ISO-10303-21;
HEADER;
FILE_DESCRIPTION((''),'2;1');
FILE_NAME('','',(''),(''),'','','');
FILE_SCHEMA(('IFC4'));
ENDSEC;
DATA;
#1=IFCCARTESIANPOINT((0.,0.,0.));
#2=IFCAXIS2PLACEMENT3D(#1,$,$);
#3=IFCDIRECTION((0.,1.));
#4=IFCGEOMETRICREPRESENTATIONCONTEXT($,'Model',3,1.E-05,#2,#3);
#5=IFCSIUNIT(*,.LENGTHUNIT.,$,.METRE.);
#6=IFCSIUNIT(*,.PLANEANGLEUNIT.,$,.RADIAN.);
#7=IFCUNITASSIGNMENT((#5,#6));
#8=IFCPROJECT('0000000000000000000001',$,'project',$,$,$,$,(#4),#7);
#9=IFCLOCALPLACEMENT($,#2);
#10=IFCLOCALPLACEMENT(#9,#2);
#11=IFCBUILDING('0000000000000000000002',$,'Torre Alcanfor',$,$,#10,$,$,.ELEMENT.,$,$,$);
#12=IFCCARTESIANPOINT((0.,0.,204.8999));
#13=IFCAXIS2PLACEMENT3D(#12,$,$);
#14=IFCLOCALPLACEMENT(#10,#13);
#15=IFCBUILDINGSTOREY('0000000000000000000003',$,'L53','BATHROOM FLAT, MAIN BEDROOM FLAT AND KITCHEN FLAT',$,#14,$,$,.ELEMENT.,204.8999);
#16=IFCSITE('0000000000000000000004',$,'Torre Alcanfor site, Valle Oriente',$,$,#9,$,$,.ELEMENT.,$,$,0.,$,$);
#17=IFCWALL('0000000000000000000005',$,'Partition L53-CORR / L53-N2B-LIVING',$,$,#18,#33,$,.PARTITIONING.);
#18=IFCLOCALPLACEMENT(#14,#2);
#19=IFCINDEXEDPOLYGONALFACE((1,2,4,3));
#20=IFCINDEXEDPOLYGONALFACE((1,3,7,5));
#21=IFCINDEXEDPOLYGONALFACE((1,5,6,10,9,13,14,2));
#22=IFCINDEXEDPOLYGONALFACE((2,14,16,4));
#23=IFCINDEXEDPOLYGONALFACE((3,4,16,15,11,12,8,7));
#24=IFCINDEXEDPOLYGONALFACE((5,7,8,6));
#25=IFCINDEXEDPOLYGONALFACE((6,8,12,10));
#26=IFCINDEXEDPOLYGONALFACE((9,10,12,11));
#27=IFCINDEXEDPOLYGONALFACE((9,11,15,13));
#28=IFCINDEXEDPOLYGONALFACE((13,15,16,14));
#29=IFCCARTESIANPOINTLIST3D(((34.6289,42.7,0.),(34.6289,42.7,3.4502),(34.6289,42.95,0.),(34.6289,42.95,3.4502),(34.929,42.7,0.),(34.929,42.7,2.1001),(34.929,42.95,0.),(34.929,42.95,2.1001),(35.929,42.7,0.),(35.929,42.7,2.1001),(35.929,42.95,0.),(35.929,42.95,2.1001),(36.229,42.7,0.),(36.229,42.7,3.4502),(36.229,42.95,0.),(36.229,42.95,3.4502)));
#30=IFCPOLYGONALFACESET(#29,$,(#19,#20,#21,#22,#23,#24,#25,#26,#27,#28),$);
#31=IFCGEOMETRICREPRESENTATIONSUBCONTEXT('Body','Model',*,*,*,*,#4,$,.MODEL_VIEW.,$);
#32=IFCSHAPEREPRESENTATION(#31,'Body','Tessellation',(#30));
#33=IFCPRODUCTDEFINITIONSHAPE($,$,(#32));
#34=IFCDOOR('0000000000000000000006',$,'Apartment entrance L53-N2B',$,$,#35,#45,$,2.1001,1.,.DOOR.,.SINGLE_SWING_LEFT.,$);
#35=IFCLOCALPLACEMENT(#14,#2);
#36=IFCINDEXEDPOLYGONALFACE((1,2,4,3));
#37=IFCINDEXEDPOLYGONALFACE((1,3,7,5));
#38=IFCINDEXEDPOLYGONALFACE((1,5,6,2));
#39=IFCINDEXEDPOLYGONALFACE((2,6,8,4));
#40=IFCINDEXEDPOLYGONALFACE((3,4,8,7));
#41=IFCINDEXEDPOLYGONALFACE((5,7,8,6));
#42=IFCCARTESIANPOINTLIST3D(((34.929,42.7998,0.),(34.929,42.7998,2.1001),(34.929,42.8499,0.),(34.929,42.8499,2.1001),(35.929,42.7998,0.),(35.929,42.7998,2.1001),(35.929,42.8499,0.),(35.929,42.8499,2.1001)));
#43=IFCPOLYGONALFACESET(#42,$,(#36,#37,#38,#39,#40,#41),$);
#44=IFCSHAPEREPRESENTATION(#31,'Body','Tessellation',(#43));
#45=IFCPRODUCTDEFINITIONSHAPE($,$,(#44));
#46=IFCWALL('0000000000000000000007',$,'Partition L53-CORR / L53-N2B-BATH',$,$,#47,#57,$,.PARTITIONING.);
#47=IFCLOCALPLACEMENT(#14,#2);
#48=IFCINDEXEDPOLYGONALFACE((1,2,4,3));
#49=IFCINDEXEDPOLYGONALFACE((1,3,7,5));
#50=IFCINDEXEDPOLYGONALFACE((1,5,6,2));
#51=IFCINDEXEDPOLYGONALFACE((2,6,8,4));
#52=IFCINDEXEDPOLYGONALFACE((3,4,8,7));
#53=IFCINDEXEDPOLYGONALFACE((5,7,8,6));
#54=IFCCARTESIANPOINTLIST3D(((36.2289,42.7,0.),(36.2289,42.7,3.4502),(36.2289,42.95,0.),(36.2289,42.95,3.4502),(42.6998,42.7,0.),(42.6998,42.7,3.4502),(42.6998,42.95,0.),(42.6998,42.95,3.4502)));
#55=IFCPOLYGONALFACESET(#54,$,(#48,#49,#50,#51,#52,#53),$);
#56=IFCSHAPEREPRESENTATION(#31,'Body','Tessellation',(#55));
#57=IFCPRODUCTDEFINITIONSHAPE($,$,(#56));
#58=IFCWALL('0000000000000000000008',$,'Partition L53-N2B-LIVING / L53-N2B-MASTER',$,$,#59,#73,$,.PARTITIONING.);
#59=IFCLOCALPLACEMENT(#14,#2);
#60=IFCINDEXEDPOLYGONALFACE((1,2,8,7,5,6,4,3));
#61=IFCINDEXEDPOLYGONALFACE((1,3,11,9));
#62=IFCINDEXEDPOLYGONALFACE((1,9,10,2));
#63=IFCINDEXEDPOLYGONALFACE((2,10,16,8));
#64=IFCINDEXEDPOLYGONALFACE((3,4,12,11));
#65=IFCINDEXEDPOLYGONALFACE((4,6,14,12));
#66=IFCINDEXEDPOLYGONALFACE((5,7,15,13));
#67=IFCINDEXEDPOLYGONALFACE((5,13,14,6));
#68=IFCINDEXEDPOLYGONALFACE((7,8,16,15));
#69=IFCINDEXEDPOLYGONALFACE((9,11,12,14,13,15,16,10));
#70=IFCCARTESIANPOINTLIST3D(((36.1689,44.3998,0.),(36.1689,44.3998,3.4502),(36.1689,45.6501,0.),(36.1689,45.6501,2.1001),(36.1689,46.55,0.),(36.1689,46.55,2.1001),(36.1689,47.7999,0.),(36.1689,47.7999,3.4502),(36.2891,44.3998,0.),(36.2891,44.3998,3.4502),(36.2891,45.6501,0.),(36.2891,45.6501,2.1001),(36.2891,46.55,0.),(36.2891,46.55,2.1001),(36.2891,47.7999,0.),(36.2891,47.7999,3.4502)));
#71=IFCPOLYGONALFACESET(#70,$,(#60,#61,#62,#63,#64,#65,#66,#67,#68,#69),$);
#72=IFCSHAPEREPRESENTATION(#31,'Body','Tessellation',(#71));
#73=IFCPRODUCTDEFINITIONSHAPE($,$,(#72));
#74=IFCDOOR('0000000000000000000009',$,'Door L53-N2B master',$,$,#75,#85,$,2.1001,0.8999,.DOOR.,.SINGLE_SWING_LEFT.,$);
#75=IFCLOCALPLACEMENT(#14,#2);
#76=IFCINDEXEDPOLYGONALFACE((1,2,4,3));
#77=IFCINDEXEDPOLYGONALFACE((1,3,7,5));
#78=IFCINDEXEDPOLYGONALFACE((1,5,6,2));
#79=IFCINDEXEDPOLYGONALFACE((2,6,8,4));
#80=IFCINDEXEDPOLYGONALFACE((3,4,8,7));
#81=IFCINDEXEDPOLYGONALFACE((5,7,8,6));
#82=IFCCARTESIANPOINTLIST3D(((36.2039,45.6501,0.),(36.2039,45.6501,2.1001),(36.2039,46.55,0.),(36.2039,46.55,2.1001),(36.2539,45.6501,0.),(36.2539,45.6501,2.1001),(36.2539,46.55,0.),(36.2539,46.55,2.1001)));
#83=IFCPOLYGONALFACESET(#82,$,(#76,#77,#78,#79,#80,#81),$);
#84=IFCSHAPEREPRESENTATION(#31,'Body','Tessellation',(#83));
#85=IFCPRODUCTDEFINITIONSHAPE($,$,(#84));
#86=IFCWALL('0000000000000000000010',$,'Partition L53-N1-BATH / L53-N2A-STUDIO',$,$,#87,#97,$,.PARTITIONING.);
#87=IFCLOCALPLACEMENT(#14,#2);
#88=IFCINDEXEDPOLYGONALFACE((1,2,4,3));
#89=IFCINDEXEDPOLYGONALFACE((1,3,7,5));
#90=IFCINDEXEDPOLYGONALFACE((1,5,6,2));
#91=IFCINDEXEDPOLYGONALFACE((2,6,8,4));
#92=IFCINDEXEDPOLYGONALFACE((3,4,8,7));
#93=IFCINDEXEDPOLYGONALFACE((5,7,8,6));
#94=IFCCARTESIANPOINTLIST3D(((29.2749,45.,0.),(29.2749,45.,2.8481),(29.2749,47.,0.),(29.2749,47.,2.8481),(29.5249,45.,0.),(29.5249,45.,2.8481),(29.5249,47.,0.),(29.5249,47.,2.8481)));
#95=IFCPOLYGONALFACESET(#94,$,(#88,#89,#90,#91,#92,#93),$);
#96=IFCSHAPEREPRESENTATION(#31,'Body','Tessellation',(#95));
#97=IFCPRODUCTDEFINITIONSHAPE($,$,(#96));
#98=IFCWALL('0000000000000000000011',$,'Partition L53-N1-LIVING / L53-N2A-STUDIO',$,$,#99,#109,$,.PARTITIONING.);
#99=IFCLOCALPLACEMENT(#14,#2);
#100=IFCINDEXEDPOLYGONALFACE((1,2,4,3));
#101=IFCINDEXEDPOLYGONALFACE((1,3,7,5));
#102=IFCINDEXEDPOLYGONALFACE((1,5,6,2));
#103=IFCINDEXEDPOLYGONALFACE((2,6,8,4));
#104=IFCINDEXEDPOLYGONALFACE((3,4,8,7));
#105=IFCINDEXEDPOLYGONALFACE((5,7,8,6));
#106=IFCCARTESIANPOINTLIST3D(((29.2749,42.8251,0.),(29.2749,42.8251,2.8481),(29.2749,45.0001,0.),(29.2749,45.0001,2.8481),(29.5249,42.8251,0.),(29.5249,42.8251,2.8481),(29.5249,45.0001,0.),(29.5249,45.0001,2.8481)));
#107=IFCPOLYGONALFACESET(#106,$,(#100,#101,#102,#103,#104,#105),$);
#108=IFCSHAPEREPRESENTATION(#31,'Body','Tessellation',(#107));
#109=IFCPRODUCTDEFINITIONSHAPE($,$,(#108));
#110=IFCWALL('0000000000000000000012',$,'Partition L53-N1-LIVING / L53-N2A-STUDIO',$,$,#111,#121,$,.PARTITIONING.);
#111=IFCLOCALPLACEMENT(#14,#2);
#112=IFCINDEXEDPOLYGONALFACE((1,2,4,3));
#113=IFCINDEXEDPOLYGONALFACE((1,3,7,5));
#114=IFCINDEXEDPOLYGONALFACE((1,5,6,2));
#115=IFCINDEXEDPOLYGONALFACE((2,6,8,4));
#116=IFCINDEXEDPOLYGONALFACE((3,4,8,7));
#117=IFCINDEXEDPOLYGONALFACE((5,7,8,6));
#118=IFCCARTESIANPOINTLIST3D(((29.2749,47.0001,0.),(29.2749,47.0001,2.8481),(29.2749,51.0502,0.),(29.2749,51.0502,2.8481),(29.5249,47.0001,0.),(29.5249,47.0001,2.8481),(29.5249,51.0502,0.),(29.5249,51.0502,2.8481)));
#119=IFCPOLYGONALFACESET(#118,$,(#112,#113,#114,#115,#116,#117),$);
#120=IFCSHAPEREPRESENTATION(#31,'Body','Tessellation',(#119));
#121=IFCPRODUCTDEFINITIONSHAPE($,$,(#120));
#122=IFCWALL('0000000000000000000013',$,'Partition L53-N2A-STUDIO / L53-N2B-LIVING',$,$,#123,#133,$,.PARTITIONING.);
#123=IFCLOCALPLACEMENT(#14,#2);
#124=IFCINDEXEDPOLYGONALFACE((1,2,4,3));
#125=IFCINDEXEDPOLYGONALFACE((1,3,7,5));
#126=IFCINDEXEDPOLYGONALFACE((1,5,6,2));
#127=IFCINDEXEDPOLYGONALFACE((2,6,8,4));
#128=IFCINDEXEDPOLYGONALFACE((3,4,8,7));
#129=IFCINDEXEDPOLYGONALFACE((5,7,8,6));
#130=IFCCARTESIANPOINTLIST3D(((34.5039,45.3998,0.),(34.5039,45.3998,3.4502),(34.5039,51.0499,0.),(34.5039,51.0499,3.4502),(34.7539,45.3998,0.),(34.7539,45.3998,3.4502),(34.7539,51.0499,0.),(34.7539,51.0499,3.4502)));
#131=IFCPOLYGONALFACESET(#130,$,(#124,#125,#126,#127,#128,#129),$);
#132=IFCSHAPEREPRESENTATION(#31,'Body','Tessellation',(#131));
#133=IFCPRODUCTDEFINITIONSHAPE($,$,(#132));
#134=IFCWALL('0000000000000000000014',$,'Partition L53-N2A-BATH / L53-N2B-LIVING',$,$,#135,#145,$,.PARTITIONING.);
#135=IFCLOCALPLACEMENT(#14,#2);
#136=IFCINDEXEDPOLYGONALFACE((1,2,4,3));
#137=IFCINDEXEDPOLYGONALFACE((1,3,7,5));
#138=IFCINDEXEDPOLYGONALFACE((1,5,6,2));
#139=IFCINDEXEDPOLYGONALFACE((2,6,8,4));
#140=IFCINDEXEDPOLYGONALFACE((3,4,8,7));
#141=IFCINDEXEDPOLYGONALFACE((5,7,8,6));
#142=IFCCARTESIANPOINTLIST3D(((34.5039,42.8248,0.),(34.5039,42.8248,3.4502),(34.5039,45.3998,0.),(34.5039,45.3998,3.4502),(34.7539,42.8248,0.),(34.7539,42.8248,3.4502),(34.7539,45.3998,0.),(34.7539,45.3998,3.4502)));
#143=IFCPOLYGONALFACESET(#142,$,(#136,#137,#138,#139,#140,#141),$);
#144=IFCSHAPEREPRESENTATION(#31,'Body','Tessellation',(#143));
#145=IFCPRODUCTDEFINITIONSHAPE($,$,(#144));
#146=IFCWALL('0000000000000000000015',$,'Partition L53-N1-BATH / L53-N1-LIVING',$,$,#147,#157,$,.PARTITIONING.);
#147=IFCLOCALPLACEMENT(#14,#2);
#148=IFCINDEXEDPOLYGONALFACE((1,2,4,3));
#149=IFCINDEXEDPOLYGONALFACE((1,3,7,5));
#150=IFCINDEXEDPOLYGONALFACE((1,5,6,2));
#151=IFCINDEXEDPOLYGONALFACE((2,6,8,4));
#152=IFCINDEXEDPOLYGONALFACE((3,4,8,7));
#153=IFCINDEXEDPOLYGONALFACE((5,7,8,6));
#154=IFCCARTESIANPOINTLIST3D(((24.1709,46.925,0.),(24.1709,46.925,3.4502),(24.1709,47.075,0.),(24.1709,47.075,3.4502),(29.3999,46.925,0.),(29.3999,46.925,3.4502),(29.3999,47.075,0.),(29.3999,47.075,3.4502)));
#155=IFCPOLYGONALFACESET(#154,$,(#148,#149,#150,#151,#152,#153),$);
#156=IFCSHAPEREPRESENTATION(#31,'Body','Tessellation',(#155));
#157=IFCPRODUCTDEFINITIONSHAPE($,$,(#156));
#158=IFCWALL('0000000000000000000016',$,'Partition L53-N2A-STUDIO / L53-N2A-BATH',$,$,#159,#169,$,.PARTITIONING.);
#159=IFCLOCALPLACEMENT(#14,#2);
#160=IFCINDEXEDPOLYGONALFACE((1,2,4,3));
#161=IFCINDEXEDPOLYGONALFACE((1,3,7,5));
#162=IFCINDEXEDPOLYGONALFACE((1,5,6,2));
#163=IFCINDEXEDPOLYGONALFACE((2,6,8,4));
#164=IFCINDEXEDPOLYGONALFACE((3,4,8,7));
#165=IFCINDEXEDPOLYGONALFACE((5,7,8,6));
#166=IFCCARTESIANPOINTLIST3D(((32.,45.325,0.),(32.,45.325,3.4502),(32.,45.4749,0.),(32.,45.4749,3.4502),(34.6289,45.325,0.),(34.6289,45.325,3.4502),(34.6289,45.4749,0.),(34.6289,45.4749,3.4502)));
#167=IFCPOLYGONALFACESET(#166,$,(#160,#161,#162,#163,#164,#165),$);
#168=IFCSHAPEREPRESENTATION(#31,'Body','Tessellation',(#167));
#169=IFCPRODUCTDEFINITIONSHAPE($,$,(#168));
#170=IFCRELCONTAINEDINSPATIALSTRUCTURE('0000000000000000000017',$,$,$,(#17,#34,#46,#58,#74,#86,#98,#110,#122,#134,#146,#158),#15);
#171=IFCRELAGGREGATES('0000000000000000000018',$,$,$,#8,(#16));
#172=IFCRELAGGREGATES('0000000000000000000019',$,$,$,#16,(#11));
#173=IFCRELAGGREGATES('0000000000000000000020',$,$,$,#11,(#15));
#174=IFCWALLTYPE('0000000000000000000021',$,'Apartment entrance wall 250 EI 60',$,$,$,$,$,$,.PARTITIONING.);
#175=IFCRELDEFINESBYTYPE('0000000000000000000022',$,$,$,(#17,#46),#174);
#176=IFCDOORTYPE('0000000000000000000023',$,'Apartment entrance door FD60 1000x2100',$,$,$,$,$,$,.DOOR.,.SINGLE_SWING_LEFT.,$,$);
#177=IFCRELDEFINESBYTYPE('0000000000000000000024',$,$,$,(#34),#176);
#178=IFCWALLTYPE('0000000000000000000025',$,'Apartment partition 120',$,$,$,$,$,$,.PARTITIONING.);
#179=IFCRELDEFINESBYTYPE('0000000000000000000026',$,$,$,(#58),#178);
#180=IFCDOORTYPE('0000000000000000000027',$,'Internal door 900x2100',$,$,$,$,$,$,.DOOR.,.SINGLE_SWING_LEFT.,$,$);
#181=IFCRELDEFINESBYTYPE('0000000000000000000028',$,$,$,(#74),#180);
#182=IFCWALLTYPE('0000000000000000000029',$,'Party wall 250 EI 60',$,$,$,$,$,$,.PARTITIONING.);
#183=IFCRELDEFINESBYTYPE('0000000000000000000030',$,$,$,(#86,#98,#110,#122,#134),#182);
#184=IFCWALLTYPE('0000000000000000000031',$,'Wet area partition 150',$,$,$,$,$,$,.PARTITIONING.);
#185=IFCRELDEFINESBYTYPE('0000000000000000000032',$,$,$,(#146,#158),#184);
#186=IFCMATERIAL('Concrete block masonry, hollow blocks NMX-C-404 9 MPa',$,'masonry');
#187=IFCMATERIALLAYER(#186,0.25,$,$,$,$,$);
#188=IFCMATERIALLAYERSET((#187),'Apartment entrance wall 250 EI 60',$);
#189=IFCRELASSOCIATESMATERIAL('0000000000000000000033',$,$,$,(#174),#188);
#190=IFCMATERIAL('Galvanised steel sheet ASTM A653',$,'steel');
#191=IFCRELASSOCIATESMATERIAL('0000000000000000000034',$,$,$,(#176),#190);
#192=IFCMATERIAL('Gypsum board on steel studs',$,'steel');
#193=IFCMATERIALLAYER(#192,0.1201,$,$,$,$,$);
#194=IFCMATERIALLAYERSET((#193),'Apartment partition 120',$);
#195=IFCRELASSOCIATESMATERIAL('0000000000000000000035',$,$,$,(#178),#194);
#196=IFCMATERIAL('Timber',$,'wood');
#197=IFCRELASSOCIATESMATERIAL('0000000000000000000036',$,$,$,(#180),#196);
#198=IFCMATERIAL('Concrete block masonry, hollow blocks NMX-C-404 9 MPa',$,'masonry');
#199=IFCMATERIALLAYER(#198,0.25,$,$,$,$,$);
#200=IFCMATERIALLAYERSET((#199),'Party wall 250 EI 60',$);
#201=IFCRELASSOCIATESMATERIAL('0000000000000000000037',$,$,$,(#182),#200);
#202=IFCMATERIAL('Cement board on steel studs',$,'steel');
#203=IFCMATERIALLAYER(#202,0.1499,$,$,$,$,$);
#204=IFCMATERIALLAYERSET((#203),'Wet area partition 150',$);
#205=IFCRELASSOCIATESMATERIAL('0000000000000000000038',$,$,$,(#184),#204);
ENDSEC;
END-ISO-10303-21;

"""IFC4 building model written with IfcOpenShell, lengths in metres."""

from ifc_helpers import new_model, si_unit, direction, frame, frame_2d, origin, place, context, subcontext, project, spatial, rectangle, extrude, material, layer, layer_set, type_object, element, fill, save


model = new_model("IFC4")

# Units and contexts
model_context = context("Model", 3, precision=1e-05, world=origin(), true_north=direction((0.0, 1.0)))
body_context = subcontext(model_context, "Body", "Model", "MODEL_VIEW")
ifc_project = project(units=[si_unit("LENGTHUNIT", "METRE"), si_unit("PLANEANGLEUNIT", "RADIAN")], contexts=[model_context])

# Site, building, storey
site_placement = place(None, origin())
site = spatial("IfcSite", under=ifc_project, at=site_placement, Name="Torre Alcanfor site, Valle Oriente", CompositionType="ELEMENT", RefElevation=0.0)
building_placement = place(site_placement, origin())
building = spatial("IfcBuilding", under=site, at=building_placement, Name="Torre Alcanfor", CompositionType="ELEMENT")
storey_placement = place(building_placement, frame((0.0, 0.0, 204.8999)))
storey = spatial("IfcBuildingStorey", under=building, at=storey_placement, Name="L53", Description="BATHROOM FLAT, MAIN BEDROOM FLAT AND KITCHEN FLAT", CompositionType="ELEMENT", Elevation=204.8999)

# Wall, opening, door
ifc_material_1 = material(Name="Concrete block masonry, hollow blocks NMX-C-404 9 MPa", Category="masonry")
ifc_layer_1 = layer(ifc_material_1, 0.25)
ifc_layer_set_1 = layer_set([ifc_layer_1], Name="Apartment entrance wall 250 EI 60")
wall_type_1 = type_object("IfcWallType", Name="Apartment entrance wall 250 EI 60", PredefinedType="PARTITIONING", material=ifc_layer_set_1)
wall_1_placement = place(storey_placement, frame((34.6289, 42.825, 0.0), z_axis=(0.0, 0.0, 1.0), x_axis=(1.0, 0.0, 0.0)))
wall_1 = element("IfcWall", 1, at=wall_1_placement, inside=storey, type_object=wall_type_1, Name="Partition L53-CORR / L53-N2B-LIVING", PredefinedType="PARTITIONING", context=body_context, shape_type="SweptSolid", body=[
    extrude(rectangle(XDim=1.6001, YDim=0.25, at=frame_2d((0.8, 0.0))), origin(), (0.0, 0.0, 1.0), 3.4502),
])
opening_1_placement = place(wall_1_placement, frame((0.3, 0.0, 0.0)))
opening_1 = element("IfcOpeningElement", 2, at=opening_1_placement, cuts=wall_1, PredefinedType="OPENING", context=body_context, shape_type="SweptSolid", body=[
    extrude(rectangle(XDim=1.0, YDim=2.1001, at=frame_2d((0.5, 1.05))), frame((0.0, 0.135, 0.0), z_axis=(0.0, -1.0, 0.0), x_axis=(1.0, 0.0, 0.0)), (0.0, 0.0, 1.0), 0.27),
])
ifc_material_2 = material(Name="Galvanised steel sheet ASTM A653", Category="steel")
door_type_1 = type_object("IfcDoorType", Name="Apartment entrance door FD60 1000x2100", OperationType="SINGLE_SWING_LEFT", PredefinedType="DOOR", material=ifc_material_2)
door_1_placement = place(opening_1_placement, origin())
door_1 = element("IfcDoor", 3, at=door_1_placement, inside=storey, type_object=door_type_1, Name="Apartment entrance L53-N2B", OperationType="SINGLE_SWING_LEFT", OverallHeight=2.1001, OverallWidth=1.0, PredefinedType="DOOR", context=body_context, shape_type="SweptSolid", body=[
    extrude(rectangle(XDim=1.0, YDim=2.1001, at=frame_2d((0.5, 1.05))), frame((0.0, 0.0249, 0.0), z_axis=(0.0, -1.0, 0.0), x_axis=(1.0, 0.0, 0.0)), (0.0, 0.0, 1.0), 0.05),
])
fill(opening_1, door_1)

# Wall
wall_2_placement = place(storey_placement, frame((36.229, 42.825, 0.0), z_axis=(0.0, 0.0, 1.0), x_axis=(1.0, 0.0, 0.0)))
element("IfcWall", 4, at=wall_2_placement, inside=storey, type_object=wall_type_1, Name="Partition L53-CORR / L53-N2B-BATH", PredefinedType="PARTITIONING", context=body_context, shape_type="SweptSolid", body=[
    extrude(rectangle(XDim=6.4709, YDim=0.25, at=frame_2d((3.2354, 0.0))), origin(), (0.0, 0.0, 1.0), 3.4502),
])

# Wall, opening, door
ifc_material_3 = material(Name="Gypsum board on steel studs", Category="steel")
ifc_layer_2 = layer(ifc_material_3, 0.1201)
ifc_layer_set_2 = layer_set([ifc_layer_2], Name="Apartment partition 120")
wall_type_2 = type_object("IfcWallType", Name="Apartment partition 120", PredefinedType="PARTITIONING", material=ifc_layer_set_2)
wall_3_placement = place(storey_placement, frame((36.229, 47.8, 0.0), z_axis=(0.0, 0.0, 1.0), x_axis=(0.0, -1.0, 0.0)))
wall_3 = element("IfcWall", 5, at=wall_3_placement, inside=storey, type_object=wall_type_2, Name="Partition L53-N2B-LIVING / L53-N2B-MASTER", PredefinedType="PARTITIONING", context=body_context, shape_type="SweptSolid", body=[
    extrude(rectangle(XDim=3.4001, YDim=0.1201, at=frame_2d((1.7002, 0.0))), origin(), (0.0, 0.0, 1.0), 3.4502),
])
opening_2_placement = place(wall_3_placement, frame((1.25, 0.0, 0.0)))
opening_2 = element("IfcOpeningElement", 6, at=opening_2_placement, cuts=wall_3, PredefinedType="OPENING", context=body_context, shape_type="SweptSolid", body=[
    extrude(rectangle(XDim=0.8999, YDim=2.1001, at=frame_2d((0.45, 1.05))), frame((0.0, 0.0701, 0.0), z_axis=(0.0, -1.0, 0.0), x_axis=(1.0, 0.0, 0.0)), (0.0, 0.0, 1.0), 0.1401),
])
ifc_material_4 = material(Name="Timber", Category="wood")
door_type_2 = type_object("IfcDoorType", Name="Internal door 900x2100", OperationType="SINGLE_SWING_LEFT", PredefinedType="DOOR", material=ifc_material_4)
door_2_placement = place(opening_2_placement, origin())
door_2 = element("IfcDoor", 7, at=door_2_placement, inside=storey, type_object=door_type_2, Name="Door L53-N2B master", OperationType="SINGLE_SWING_LEFT", OverallHeight=2.1001, OverallWidth=0.8999, PredefinedType="DOOR", context=body_context, shape_type="SweptSolid", body=[
    extrude(rectangle(XDim=0.8999, YDim=2.1001, at=frame_2d((0.45, 1.05))), frame((0.0, 0.0249, 0.0), z_axis=(0.0, -1.0, 0.0), x_axis=(1.0, 0.0, 0.0)), (0.0, 0.0, 1.0), 0.05),
])
fill(opening_2, door_2)

# Walls
ifc_material_5 = material(Name="Concrete block masonry, hollow blocks NMX-C-404 9 MPa", Category="masonry")
ifc_layer_3 = layer(ifc_material_5, 0.25)
ifc_layer_set_3 = layer_set([ifc_layer_3], Name="Party wall 250 EI 60")
wall_type_3 = type_object("IfcWallType", Name="Party wall 250 EI 60", PredefinedType="PARTITIONING", material=ifc_layer_set_3)
wall_4_placement = place(storey_placement, frame((29.3999, 45.0, 0.0), z_axis=(0.0, 0.0, 1.0), x_axis=(0.0, 1.0, 0.0)))
element("IfcWall", 8, at=wall_4_placement, inside=storey, type_object=wall_type_3, Name="Partition L53-N1-BATH / L53-N2A-STUDIO", PredefinedType="PARTITIONING", context=body_context, shape_type="SweptSolid", body=[
    extrude(rectangle(XDim=2.0, YDim=0.25, at=frame_2d((1.0, 0.0))), origin(), (0.0, 0.0, 1.0), 2.8481),
])
wall_5_placement = place(storey_placement, frame((29.3999, 45.0, 0.0), z_axis=(0.0, 0.0, 1.0), x_axis=(0.0, -1.0, 0.0)))
element("IfcWall", 9, at=wall_5_placement, inside=storey, type_object=wall_type_3, Name="Partition L53-N1-LIVING / L53-N2A-STUDIO", PredefinedType="PARTITIONING", context=body_context, shape_type="SweptSolid", body=[
    extrude(rectangle(XDim=2.175, YDim=0.25, at=frame_2d((1.0874, 0.0))), origin(), (0.0, 0.0, 1.0), 2.8481),
])
wall_6_placement = place(storey_placement, frame((29.3999, 51.05, 0.0), z_axis=(0.0, 0.0, 1.0), x_axis=(0.0, -1.0, 0.0)))
element("IfcWall", 10, at=wall_6_placement, inside=storey, type_object=wall_type_3, Name="Partition L53-N1-LIVING / L53-N2A-STUDIO", PredefinedType="PARTITIONING", context=body_context, shape_type="SweptSolid", body=[
    extrude(rectangle(XDim=4.05, YDim=0.25, at=frame_2d((2.0249, 0.0))), origin(), (0.0, 0.0, 1.0), 2.8481),
])
wall_7_placement = place(storey_placement, frame((34.6289, 51.05, 0.0), z_axis=(0.0, 0.0, 1.0), x_axis=(0.0, -1.0, 0.0)))
element("IfcWall", 11, at=wall_7_placement, inside=storey, type_object=wall_type_3, Name="Partition L53-N2A-STUDIO / L53-N2B-LIVING", PredefinedType="PARTITIONING", context=body_context, shape_type="SweptSolid", body=[
    extrude(rectangle(XDim=5.6501, YDim=0.25, at=frame_2d((2.8252, 0.0))), origin(), (0.0, 0.0, 1.0), 3.4502),
])
wall_8_placement = place(storey_placement, frame((34.6289, 45.3999, 0.0), z_axis=(0.0, 0.0, 1.0), x_axis=(0.0, -1.0, 0.0)))
element("IfcWall", 12, at=wall_8_placement, inside=storey, type_object=wall_type_3, Name="Partition L53-N2A-BATH / L53-N2B-LIVING", PredefinedType="PARTITIONING", context=body_context, shape_type="SweptSolid", body=[
    extrude(rectangle(XDim=2.575, YDim=0.25, at=frame_2d((1.2876, 0.0))), origin(), (0.0, 0.0, 1.0), 3.4502),
])
ifc_material_6 = material(Name="Cement board on steel studs", Category="steel")
ifc_layer_4 = layer(ifc_material_6, 0.1499)
ifc_layer_set_4 = layer_set([ifc_layer_4], Name="Wet area partition 150")
wall_type_4 = type_object("IfcWallType", Name="Wet area partition 150", PredefinedType="PARTITIONING", material=ifc_layer_set_4)
wall_9_placement = place(storey_placement, frame((29.3999, 47.0, 0.0), z_axis=(0.0, 0.0, 1.0), x_axis=(-1.0, 0.0, 0.0)))
element("IfcWall", 13, at=wall_9_placement, inside=storey, type_object=wall_type_4, Name="Partition L53-N1-BATH / L53-N1-LIVING", PredefinedType="PARTITIONING", context=body_context, shape_type="SweptSolid", body=[
    extrude(rectangle(XDim=5.229, YDim=0.1499, at=frame_2d((2.6145, 0.0))), origin(), (0.0, 0.0, 1.0), 3.4502),
])
wall_10_placement = place(storey_placement, frame((34.6289, 45.3999, 0.0), z_axis=(0.0, 0.0, 1.0), x_axis=(-1.0, 0.0, 0.0)))
element("IfcWall", 14, at=wall_10_placement, inside=storey, type_object=wall_type_4, Name="Partition L53-N2A-STUDIO / L53-N2A-BATH", PredefinedType="PARTITIONING", context=body_context, shape_type="SweptSolid", body=[
    extrude(rectangle(XDim=2.6289, YDim=0.1499, at=frame_2d((1.3145, 0.0))), origin(), (0.0, 0.0, 1.0), 3.4502),
])

save(model, "model.ifc")
